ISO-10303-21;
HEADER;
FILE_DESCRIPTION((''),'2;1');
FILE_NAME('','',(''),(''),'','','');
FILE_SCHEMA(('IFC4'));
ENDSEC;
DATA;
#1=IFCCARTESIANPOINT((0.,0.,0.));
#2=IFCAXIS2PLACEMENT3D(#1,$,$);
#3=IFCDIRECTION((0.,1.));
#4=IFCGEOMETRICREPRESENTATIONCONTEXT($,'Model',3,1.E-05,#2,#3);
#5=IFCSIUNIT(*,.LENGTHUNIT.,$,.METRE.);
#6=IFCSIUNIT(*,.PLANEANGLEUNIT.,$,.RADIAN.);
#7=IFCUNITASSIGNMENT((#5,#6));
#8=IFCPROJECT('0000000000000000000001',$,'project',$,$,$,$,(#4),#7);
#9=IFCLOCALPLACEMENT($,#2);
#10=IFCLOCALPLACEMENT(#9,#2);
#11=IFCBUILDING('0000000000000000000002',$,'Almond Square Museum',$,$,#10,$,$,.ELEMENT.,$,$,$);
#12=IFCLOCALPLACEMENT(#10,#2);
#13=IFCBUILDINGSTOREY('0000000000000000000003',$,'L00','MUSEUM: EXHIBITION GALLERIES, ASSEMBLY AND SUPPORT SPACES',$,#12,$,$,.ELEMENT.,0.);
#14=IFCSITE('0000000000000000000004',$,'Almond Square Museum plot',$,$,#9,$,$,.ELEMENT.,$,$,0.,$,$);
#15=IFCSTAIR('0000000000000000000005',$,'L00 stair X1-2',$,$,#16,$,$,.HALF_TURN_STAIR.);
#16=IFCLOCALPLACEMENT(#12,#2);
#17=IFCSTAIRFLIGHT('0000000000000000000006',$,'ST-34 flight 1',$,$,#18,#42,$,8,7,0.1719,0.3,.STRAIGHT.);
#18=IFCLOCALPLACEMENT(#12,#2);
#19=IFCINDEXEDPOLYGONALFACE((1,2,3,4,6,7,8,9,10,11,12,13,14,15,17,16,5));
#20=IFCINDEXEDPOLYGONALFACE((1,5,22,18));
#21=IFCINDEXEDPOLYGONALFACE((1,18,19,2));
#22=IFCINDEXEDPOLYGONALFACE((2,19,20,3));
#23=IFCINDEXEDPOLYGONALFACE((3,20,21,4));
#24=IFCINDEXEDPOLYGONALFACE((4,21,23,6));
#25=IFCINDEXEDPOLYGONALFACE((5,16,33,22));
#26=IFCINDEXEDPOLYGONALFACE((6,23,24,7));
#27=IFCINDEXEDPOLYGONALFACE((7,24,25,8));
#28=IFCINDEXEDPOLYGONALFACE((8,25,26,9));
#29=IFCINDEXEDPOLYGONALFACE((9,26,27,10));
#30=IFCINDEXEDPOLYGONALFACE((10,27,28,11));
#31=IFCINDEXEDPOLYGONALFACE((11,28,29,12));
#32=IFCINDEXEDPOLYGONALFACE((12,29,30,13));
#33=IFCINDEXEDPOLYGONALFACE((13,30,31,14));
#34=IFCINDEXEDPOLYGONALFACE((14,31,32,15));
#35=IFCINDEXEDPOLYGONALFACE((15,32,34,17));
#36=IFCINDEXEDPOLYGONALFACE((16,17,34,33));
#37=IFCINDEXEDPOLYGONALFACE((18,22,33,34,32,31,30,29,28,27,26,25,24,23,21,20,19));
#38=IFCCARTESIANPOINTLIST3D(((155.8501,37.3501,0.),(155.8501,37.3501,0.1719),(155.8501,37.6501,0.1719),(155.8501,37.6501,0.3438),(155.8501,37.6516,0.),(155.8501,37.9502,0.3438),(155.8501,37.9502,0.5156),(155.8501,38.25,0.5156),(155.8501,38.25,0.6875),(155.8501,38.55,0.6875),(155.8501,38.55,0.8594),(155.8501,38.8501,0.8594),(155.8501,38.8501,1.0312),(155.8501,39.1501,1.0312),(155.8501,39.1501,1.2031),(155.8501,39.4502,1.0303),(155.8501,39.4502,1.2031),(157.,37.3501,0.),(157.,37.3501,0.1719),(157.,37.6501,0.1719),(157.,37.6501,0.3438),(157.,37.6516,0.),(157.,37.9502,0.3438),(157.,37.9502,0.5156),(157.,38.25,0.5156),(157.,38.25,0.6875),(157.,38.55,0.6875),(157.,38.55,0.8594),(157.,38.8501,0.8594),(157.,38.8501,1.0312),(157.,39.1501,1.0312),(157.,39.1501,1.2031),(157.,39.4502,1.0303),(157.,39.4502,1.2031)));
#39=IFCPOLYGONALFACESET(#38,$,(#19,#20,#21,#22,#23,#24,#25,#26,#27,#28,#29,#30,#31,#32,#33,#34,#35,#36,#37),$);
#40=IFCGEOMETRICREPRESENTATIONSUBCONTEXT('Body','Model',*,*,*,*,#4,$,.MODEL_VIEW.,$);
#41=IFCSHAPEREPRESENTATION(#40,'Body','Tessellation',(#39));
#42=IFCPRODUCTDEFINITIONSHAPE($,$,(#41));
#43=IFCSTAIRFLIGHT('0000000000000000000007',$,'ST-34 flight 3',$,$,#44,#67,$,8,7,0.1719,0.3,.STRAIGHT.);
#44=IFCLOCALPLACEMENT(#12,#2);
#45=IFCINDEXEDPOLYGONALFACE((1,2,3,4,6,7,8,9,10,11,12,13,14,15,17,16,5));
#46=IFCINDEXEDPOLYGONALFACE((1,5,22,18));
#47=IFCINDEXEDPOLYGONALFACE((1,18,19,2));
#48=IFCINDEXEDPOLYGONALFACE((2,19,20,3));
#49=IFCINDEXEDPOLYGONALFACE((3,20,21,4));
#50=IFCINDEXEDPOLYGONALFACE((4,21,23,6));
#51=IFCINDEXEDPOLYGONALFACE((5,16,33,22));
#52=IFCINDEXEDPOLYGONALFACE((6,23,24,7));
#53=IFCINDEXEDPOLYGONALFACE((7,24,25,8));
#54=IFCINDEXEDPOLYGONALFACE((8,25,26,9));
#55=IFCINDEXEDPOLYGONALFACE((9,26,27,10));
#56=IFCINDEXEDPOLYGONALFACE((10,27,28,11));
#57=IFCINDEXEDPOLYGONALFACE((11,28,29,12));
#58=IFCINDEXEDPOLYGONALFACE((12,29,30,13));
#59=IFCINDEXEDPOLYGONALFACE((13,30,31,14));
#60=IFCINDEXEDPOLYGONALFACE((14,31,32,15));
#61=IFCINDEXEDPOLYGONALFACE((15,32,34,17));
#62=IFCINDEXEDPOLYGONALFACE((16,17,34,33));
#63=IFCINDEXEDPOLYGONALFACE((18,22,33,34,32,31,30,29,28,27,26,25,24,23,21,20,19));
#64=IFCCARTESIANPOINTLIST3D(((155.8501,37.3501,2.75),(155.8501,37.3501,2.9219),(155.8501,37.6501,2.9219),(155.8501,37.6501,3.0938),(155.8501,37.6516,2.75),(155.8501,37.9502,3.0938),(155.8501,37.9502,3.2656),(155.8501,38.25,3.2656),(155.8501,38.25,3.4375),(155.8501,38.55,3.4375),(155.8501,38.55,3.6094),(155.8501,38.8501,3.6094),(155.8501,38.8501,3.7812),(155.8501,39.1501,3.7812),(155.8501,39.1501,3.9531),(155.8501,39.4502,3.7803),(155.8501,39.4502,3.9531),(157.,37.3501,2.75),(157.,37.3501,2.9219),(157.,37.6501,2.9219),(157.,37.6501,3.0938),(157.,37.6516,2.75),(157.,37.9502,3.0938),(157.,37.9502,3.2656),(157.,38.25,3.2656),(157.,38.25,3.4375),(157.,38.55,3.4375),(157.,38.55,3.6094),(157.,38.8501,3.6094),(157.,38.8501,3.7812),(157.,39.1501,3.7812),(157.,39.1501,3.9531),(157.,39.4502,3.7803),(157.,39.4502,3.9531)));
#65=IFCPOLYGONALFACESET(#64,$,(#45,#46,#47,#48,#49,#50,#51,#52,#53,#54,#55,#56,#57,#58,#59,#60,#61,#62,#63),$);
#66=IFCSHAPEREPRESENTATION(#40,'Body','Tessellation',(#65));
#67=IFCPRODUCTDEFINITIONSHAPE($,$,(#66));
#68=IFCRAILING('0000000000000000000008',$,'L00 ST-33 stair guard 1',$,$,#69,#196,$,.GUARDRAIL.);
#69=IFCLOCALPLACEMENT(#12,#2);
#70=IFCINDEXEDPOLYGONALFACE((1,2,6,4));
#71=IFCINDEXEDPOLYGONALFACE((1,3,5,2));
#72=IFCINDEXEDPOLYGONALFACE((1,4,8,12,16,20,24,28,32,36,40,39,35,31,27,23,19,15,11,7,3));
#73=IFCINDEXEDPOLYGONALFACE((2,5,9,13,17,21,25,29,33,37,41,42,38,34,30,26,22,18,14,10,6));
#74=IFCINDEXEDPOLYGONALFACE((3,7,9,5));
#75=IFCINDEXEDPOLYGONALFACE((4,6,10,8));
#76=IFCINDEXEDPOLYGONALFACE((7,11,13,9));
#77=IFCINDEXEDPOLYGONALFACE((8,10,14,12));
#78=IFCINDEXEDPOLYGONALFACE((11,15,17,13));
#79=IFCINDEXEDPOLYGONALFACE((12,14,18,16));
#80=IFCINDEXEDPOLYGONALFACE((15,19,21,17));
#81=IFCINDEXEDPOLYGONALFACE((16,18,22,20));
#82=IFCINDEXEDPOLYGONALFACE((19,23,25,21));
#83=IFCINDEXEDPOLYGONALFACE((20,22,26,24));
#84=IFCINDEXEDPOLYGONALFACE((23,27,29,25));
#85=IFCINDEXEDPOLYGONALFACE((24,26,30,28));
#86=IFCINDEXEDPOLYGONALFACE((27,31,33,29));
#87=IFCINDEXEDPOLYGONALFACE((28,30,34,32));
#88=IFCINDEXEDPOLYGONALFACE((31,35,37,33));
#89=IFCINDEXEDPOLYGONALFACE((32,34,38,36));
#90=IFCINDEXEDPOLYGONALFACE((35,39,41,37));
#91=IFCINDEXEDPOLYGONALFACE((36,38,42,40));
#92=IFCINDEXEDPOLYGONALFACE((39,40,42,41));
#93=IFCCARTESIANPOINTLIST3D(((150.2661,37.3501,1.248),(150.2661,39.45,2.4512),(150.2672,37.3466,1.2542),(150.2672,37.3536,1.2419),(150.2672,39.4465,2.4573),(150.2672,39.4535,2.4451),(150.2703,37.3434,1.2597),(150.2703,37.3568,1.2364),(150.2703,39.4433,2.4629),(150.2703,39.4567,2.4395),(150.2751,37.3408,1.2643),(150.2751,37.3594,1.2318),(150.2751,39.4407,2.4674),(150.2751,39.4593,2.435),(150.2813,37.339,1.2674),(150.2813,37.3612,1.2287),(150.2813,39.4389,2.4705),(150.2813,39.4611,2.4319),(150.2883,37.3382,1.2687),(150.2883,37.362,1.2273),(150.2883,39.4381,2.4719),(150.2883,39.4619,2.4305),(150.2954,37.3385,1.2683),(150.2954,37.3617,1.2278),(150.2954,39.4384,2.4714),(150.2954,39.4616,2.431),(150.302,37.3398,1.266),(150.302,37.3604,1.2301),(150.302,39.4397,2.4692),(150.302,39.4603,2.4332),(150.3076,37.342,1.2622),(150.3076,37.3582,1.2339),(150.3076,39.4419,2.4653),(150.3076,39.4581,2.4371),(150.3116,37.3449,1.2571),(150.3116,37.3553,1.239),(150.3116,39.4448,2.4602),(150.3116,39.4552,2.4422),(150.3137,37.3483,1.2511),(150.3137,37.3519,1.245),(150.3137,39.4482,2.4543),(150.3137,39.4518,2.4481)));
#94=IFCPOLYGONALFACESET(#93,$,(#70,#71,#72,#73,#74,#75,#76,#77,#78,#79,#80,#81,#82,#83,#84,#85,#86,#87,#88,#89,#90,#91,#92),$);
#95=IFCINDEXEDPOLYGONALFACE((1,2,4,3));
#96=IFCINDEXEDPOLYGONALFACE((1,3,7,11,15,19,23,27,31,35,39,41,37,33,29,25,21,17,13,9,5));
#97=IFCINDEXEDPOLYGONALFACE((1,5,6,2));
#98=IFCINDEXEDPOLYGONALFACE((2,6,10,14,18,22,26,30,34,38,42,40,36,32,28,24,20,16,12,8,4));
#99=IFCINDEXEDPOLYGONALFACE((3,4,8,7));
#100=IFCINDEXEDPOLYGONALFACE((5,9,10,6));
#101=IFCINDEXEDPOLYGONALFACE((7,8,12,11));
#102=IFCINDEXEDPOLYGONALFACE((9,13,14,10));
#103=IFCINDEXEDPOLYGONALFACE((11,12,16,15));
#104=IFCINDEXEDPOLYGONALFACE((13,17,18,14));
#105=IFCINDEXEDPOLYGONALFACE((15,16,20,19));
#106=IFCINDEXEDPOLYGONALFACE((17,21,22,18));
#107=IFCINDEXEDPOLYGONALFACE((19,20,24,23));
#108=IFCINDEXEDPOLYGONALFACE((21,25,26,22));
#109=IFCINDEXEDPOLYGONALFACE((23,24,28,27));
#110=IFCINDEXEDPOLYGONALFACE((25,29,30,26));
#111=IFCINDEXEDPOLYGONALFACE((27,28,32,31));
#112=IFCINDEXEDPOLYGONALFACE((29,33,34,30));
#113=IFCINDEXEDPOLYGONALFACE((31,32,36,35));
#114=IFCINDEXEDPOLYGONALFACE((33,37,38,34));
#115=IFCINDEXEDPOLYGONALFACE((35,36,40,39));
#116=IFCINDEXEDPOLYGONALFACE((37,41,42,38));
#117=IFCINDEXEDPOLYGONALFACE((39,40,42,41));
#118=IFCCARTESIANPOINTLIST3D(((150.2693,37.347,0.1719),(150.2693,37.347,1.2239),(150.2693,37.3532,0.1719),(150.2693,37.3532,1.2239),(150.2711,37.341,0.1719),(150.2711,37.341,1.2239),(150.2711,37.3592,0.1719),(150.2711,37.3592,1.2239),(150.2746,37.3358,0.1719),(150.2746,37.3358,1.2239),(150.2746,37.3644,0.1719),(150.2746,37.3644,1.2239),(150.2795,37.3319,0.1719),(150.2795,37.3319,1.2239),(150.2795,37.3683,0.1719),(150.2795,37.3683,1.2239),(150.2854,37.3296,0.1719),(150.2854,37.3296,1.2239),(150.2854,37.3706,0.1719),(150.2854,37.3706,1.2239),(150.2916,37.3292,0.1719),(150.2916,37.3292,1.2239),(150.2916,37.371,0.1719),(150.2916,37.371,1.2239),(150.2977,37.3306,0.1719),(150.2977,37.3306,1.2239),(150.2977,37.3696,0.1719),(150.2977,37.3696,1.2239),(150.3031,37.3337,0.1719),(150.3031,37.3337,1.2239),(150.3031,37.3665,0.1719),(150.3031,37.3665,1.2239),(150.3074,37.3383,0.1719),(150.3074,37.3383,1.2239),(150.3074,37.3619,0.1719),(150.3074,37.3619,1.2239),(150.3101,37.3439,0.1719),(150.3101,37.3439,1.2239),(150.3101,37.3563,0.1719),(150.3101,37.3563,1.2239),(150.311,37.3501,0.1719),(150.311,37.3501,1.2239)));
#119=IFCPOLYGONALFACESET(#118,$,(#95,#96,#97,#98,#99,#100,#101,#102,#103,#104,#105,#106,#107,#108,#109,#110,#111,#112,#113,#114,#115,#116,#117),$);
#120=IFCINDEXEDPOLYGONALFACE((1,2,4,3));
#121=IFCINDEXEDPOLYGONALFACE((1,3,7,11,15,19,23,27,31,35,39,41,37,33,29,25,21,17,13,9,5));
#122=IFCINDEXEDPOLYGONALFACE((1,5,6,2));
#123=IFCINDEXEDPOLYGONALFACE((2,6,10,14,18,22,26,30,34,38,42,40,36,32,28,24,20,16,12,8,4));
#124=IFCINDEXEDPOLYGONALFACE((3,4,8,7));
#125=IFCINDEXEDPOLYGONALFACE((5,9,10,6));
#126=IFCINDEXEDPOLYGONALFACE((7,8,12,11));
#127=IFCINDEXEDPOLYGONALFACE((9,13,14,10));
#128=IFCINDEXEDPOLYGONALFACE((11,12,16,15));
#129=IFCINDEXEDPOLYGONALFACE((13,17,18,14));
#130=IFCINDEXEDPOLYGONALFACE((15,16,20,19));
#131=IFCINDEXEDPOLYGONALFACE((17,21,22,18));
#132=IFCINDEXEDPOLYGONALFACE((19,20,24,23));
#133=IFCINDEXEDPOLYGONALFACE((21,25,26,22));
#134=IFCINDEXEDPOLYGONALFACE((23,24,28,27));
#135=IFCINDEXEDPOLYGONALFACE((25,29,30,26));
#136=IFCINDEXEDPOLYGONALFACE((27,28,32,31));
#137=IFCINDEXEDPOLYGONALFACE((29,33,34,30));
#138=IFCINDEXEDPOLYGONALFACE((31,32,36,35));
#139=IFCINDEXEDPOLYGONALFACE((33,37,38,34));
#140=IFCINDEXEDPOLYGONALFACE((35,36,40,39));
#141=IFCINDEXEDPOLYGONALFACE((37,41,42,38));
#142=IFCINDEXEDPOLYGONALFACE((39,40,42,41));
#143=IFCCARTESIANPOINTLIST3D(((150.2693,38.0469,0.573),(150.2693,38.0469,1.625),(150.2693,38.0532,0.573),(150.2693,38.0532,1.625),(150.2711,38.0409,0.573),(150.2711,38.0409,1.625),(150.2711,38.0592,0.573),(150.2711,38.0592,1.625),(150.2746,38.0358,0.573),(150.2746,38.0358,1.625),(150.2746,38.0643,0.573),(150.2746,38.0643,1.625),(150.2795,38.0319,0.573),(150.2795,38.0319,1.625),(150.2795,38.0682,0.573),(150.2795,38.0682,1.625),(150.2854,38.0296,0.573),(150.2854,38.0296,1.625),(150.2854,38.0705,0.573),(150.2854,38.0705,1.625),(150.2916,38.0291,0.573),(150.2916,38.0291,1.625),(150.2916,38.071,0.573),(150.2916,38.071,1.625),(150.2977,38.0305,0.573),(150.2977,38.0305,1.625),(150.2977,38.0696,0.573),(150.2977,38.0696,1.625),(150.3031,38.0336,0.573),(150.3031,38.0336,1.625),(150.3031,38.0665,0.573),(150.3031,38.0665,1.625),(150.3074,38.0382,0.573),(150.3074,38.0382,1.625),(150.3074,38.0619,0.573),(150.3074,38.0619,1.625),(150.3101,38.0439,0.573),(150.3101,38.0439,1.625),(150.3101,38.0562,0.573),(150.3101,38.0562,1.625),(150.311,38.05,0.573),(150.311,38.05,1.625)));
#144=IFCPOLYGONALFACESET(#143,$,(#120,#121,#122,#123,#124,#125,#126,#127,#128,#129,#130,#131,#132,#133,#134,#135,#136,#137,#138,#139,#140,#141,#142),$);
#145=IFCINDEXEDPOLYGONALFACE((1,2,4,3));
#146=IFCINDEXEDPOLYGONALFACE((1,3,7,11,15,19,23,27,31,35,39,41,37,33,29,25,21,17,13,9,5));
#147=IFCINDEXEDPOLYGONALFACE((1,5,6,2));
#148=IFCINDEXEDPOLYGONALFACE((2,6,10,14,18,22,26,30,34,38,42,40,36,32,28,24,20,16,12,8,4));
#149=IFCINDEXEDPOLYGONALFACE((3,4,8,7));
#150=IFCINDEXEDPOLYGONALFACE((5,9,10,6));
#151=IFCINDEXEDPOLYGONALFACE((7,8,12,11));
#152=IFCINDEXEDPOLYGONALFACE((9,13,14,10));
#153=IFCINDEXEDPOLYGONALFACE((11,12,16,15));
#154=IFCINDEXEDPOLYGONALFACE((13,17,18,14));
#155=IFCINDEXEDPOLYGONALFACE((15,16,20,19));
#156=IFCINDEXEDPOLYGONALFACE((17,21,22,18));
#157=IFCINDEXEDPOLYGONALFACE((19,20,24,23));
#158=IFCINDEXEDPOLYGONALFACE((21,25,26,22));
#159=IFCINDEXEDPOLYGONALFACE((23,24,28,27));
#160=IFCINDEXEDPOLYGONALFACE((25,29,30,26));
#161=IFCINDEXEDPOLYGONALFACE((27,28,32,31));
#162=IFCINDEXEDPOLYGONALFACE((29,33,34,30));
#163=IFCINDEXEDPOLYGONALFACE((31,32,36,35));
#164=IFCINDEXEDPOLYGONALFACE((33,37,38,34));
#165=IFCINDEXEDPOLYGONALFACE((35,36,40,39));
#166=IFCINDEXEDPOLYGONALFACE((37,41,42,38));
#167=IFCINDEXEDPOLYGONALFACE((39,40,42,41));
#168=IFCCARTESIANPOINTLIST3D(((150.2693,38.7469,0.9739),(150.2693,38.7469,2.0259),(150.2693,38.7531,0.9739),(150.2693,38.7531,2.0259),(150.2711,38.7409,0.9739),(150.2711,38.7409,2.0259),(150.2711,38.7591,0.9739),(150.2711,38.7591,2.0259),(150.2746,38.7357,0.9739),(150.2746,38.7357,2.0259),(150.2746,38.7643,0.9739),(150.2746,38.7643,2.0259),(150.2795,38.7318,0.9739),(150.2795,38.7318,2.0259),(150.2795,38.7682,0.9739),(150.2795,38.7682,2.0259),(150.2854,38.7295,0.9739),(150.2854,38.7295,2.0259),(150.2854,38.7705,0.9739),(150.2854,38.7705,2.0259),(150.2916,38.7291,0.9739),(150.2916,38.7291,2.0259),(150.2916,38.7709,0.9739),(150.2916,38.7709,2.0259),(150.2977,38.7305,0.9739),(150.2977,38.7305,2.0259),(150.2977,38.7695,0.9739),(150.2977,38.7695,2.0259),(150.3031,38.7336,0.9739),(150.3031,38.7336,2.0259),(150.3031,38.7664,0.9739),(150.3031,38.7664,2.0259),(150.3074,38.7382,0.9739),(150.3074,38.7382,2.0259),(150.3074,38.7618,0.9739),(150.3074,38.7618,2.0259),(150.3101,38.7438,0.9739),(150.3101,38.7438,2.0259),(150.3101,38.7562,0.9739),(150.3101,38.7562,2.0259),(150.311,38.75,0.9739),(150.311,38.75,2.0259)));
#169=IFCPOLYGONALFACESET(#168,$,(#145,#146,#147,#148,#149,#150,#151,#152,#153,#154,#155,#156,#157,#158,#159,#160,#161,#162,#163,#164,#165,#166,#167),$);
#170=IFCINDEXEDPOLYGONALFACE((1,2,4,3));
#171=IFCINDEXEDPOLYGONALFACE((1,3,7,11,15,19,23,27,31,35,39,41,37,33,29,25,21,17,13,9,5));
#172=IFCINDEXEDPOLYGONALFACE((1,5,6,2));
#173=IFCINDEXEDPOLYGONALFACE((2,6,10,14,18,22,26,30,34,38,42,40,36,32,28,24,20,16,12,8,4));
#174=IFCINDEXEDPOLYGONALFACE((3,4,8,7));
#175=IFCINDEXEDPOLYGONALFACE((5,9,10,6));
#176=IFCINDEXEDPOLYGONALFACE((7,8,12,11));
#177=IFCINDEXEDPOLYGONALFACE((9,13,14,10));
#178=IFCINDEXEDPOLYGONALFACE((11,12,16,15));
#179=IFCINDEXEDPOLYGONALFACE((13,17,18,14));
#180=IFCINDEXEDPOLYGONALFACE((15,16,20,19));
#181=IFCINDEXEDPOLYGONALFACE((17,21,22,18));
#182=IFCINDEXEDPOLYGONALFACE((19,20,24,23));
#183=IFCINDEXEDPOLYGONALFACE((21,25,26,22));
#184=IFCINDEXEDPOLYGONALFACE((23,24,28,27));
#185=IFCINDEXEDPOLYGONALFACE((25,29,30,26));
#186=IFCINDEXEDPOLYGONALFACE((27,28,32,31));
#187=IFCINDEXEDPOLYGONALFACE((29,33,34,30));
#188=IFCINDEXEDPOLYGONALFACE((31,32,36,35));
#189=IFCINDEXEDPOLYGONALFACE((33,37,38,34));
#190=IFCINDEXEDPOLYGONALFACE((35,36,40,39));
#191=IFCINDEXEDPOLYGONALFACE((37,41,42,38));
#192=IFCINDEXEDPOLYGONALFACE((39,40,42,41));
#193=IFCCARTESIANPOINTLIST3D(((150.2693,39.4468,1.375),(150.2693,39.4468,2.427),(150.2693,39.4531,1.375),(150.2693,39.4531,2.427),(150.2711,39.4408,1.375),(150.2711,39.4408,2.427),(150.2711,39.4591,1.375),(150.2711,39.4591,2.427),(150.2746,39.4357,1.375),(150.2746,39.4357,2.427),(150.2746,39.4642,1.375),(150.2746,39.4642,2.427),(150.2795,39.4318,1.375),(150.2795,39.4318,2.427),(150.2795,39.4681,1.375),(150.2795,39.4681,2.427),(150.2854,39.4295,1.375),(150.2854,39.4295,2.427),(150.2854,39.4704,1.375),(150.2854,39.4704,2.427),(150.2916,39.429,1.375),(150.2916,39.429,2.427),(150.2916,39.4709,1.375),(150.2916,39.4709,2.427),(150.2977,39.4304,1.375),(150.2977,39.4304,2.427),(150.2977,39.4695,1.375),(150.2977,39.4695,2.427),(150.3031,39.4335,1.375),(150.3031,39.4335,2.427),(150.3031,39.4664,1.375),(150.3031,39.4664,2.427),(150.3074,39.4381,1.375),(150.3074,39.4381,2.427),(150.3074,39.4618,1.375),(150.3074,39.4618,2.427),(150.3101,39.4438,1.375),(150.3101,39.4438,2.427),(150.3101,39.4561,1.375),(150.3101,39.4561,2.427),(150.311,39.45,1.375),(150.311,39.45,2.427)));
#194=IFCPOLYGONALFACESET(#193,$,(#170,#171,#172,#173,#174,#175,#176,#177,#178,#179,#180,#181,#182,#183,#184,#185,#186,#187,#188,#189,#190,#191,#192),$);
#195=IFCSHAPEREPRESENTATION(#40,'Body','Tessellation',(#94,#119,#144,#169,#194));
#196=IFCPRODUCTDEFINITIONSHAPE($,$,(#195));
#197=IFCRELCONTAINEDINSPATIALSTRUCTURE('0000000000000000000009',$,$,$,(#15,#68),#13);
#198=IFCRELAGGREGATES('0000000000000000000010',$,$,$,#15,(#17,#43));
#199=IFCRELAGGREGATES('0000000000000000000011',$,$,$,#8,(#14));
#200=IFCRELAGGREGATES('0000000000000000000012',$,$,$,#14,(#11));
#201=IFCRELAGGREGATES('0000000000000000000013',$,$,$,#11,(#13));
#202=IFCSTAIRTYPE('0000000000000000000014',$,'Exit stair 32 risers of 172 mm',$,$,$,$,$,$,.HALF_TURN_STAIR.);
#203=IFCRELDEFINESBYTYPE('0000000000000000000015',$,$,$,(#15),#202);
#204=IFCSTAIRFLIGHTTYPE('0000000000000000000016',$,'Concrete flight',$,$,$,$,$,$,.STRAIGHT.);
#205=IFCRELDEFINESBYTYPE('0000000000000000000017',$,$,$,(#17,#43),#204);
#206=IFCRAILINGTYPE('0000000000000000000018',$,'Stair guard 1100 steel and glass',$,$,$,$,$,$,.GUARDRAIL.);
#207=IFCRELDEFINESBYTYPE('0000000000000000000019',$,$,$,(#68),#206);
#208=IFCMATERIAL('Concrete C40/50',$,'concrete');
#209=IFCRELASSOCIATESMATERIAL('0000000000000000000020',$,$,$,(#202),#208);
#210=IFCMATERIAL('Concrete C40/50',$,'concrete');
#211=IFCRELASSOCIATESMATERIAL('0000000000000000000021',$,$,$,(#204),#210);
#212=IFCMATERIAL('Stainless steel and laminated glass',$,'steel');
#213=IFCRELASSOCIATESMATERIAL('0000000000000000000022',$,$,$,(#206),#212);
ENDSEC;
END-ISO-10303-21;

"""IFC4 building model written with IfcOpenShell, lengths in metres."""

from ifc_helpers import new_model, si_unit, direction, frame, origin, origin_2d, place, context, subcontext, project, spatial, polyline, circle, outline, extrude, material, type_object, element, aggregate, save


model = new_model("IFC4")

# Units and contexts
model_context = context("Model", 3, precision=1e-05, world=origin(), true_north=direction((0.0, 1.0)))
body_context = subcontext(model_context, "Body", "Model", "MODEL_VIEW")
ifc_project = project(units=[si_unit("LENGTHUNIT", "METRE"), si_unit("PLANEANGLEUNIT", "RADIAN")], contexts=[model_context])

# Site, building, storey
site_placement = place(None, origin())
site = spatial("IfcSite", under=ifc_project, at=site_placement, Name="Almond Square Museum plot", CompositionType="ELEMENT", RefElevation=0.0)
building_placement = place(site_placement, origin())
building = spatial("IfcBuilding", under=site, at=building_placement, Name="Almond Square Museum", CompositionType="ELEMENT")
storey_placement = place(building_placement, origin())
storey = spatial("IfcBuildingStorey", under=building, at=storey_placement, Name="L00", Description="MUSEUM: EXHIBITION GALLERIES, ASSEMBLY AND SUPPORT SPACES", CompositionType="ELEMENT", Elevation=0.0)

# Stair, stair flights
ifc_material_1 = material(Name="Concrete C40/50", Category="concrete")
stair_type = type_object("IfcStairType", Name="Exit stair 32 risers of 172 mm", PredefinedType="HALF_TURN_STAIR", material=ifc_material_1)
ifc_material_2 = material(Name="Concrete C40/50", Category="concrete")
stair_flight_type = type_object("IfcStairFlightType", Name="Concrete flight", PredefinedType="STRAIGHT", material=ifc_material_2)
stair_1_placement = place(storey_placement, origin())
stair_1 = element("IfcStair", 1, at=stair_1_placement, inside=storey, type_object=stair_type, Name="L00 stair X1-2", PredefinedType="HALF_TURN_STAIR")
stair_flight_1_placement = place(storey_placement, frame((156.425, 37.3501, 0.0), z_axis=(0.0, 0.0, 1.0), x_axis=(0.0, 1.0, 0.0)))
stair_flight_1 = element("IfcStairFlight", 2, at=stair_flight_1_placement, type_object=stair_flight_type, Name="ST-34 flight 1", NumberOfRisers=8, NumberOfTreads=7, PredefinedType="STRAIGHT", RiserHeight=0.1719, TreadLength=0.3, context=body_context, shape_type="SweptSolid", body=[
    extrude(outline(polyline([(0.0, 0.0), (0.0, 0.1719), (0.3, 0.1719), (0.3, 0.3438), (0.6001, 0.3438), (0.6001, 0.5156), (0.8999, 0.5156), (0.8999, 0.6875), (1.2, 0.6875), (1.2, 0.8594), (1.5, 0.8594), (1.5, 1.0312), (1.8, 1.0312), (1.8, 1.2031), (2.1001, 1.2031), (2.1001, 1.375), (2.1001, 1.0303), (0.3015, 0.0), (0.0, 0.0)])), frame((0.0, 0.575, 0.0), z_axis=(0.0, -1.0, 0.0), x_axis=(1.0, 0.0, 0.0)), (0.0, 0.0, 1.0), 1.1499),
])
stair_flight_2_placement = place(storey_placement, frame((156.425, 37.3501, 2.75), z_axis=(0.0, 0.0, 1.0), x_axis=(0.0, 1.0, 0.0)))
stair_flight_2 = element("IfcStairFlight", 3, at=stair_flight_2_placement, type_object=stair_flight_type, Name="ST-34 flight 3", NumberOfRisers=8, NumberOfTreads=7, PredefinedType="STRAIGHT", RiserHeight=0.1719, TreadLength=0.3, context=body_context, shape_type="SweptSolid", body=[
    extrude(outline(polyline([(0.0, 0.0), (0.0, 0.1719), (0.3, 0.1719), (0.3, 0.3438), (0.6001, 0.3438), (0.6001, 0.5156), (0.8999, 0.5156), (0.8999, 0.6875), (1.2, 0.6875), (1.2, 0.8594), (1.5, 0.8594), (1.5, 1.0312), (1.8, 1.0312), (1.8, 1.2031), (2.1001, 1.2031), (2.1001, 1.375), (2.1001, 1.0303), (0.3015, 0.0), (0.0, 0.0)])), frame((0.0, 0.575, 0.0), z_axis=(0.0, -1.0, 0.0), x_axis=(1.0, 0.0, 0.0)), (0.0, 0.0, 1.0), 1.1499),
])
aggregate(stair_1, [stair_flight_1, stair_flight_2])

# Railing
ifc_material_3 = material(Name="Stainless steel and laminated glass", Category="steel")
railing_type_1 = type_object("IfcRailingType", Name="Stair guard 1100 steel and glass", PredefinedType="GUARDRAIL", material=ifc_material_3)
railing_1_placement = place(storey_placement, frame((150.29, 37.3501, 0.1719)))
element("IfcRailing", 4, at=railing_1_placement, inside=storey, type_object=railing_type_1, Name="L00 ST-33 stair guard 1", PredefinedType="GUARDRAIL", context=body_context, shape_type="SweptSolid", body=[
    extrude(circle(Radius=0.0239, at=origin_2d()), frame((0.0, 0.0, 1.0762), z_axis=(0.0, 0.867671, 0.497138), x_axis=(-1.0, 0.0, 0.0)), (0.0, 0.0, 1.0), 2.4202),
    extrude(circle(Radius=0.021, at=origin_2d()), origin(), (0.0, 0.0, 1.0), 1.052),
    extrude(circle(Radius=0.021, at=origin_2d()), frame((0.0, 0.7, 0.4011)), (0.0, 0.0, 1.0), 1.052),
    extrude(circle(Radius=0.021, at=origin_2d()), frame((0.0, 1.3999, 0.802)), (0.0, 0.0, 1.0), 1.052),
    extrude(circle(Radius=0.021, at=origin_2d()), frame((0.0, 2.0999, 1.2031)), (0.0, 0.0, 1.0), 1.052),
])

save(model, "model.ifc")
